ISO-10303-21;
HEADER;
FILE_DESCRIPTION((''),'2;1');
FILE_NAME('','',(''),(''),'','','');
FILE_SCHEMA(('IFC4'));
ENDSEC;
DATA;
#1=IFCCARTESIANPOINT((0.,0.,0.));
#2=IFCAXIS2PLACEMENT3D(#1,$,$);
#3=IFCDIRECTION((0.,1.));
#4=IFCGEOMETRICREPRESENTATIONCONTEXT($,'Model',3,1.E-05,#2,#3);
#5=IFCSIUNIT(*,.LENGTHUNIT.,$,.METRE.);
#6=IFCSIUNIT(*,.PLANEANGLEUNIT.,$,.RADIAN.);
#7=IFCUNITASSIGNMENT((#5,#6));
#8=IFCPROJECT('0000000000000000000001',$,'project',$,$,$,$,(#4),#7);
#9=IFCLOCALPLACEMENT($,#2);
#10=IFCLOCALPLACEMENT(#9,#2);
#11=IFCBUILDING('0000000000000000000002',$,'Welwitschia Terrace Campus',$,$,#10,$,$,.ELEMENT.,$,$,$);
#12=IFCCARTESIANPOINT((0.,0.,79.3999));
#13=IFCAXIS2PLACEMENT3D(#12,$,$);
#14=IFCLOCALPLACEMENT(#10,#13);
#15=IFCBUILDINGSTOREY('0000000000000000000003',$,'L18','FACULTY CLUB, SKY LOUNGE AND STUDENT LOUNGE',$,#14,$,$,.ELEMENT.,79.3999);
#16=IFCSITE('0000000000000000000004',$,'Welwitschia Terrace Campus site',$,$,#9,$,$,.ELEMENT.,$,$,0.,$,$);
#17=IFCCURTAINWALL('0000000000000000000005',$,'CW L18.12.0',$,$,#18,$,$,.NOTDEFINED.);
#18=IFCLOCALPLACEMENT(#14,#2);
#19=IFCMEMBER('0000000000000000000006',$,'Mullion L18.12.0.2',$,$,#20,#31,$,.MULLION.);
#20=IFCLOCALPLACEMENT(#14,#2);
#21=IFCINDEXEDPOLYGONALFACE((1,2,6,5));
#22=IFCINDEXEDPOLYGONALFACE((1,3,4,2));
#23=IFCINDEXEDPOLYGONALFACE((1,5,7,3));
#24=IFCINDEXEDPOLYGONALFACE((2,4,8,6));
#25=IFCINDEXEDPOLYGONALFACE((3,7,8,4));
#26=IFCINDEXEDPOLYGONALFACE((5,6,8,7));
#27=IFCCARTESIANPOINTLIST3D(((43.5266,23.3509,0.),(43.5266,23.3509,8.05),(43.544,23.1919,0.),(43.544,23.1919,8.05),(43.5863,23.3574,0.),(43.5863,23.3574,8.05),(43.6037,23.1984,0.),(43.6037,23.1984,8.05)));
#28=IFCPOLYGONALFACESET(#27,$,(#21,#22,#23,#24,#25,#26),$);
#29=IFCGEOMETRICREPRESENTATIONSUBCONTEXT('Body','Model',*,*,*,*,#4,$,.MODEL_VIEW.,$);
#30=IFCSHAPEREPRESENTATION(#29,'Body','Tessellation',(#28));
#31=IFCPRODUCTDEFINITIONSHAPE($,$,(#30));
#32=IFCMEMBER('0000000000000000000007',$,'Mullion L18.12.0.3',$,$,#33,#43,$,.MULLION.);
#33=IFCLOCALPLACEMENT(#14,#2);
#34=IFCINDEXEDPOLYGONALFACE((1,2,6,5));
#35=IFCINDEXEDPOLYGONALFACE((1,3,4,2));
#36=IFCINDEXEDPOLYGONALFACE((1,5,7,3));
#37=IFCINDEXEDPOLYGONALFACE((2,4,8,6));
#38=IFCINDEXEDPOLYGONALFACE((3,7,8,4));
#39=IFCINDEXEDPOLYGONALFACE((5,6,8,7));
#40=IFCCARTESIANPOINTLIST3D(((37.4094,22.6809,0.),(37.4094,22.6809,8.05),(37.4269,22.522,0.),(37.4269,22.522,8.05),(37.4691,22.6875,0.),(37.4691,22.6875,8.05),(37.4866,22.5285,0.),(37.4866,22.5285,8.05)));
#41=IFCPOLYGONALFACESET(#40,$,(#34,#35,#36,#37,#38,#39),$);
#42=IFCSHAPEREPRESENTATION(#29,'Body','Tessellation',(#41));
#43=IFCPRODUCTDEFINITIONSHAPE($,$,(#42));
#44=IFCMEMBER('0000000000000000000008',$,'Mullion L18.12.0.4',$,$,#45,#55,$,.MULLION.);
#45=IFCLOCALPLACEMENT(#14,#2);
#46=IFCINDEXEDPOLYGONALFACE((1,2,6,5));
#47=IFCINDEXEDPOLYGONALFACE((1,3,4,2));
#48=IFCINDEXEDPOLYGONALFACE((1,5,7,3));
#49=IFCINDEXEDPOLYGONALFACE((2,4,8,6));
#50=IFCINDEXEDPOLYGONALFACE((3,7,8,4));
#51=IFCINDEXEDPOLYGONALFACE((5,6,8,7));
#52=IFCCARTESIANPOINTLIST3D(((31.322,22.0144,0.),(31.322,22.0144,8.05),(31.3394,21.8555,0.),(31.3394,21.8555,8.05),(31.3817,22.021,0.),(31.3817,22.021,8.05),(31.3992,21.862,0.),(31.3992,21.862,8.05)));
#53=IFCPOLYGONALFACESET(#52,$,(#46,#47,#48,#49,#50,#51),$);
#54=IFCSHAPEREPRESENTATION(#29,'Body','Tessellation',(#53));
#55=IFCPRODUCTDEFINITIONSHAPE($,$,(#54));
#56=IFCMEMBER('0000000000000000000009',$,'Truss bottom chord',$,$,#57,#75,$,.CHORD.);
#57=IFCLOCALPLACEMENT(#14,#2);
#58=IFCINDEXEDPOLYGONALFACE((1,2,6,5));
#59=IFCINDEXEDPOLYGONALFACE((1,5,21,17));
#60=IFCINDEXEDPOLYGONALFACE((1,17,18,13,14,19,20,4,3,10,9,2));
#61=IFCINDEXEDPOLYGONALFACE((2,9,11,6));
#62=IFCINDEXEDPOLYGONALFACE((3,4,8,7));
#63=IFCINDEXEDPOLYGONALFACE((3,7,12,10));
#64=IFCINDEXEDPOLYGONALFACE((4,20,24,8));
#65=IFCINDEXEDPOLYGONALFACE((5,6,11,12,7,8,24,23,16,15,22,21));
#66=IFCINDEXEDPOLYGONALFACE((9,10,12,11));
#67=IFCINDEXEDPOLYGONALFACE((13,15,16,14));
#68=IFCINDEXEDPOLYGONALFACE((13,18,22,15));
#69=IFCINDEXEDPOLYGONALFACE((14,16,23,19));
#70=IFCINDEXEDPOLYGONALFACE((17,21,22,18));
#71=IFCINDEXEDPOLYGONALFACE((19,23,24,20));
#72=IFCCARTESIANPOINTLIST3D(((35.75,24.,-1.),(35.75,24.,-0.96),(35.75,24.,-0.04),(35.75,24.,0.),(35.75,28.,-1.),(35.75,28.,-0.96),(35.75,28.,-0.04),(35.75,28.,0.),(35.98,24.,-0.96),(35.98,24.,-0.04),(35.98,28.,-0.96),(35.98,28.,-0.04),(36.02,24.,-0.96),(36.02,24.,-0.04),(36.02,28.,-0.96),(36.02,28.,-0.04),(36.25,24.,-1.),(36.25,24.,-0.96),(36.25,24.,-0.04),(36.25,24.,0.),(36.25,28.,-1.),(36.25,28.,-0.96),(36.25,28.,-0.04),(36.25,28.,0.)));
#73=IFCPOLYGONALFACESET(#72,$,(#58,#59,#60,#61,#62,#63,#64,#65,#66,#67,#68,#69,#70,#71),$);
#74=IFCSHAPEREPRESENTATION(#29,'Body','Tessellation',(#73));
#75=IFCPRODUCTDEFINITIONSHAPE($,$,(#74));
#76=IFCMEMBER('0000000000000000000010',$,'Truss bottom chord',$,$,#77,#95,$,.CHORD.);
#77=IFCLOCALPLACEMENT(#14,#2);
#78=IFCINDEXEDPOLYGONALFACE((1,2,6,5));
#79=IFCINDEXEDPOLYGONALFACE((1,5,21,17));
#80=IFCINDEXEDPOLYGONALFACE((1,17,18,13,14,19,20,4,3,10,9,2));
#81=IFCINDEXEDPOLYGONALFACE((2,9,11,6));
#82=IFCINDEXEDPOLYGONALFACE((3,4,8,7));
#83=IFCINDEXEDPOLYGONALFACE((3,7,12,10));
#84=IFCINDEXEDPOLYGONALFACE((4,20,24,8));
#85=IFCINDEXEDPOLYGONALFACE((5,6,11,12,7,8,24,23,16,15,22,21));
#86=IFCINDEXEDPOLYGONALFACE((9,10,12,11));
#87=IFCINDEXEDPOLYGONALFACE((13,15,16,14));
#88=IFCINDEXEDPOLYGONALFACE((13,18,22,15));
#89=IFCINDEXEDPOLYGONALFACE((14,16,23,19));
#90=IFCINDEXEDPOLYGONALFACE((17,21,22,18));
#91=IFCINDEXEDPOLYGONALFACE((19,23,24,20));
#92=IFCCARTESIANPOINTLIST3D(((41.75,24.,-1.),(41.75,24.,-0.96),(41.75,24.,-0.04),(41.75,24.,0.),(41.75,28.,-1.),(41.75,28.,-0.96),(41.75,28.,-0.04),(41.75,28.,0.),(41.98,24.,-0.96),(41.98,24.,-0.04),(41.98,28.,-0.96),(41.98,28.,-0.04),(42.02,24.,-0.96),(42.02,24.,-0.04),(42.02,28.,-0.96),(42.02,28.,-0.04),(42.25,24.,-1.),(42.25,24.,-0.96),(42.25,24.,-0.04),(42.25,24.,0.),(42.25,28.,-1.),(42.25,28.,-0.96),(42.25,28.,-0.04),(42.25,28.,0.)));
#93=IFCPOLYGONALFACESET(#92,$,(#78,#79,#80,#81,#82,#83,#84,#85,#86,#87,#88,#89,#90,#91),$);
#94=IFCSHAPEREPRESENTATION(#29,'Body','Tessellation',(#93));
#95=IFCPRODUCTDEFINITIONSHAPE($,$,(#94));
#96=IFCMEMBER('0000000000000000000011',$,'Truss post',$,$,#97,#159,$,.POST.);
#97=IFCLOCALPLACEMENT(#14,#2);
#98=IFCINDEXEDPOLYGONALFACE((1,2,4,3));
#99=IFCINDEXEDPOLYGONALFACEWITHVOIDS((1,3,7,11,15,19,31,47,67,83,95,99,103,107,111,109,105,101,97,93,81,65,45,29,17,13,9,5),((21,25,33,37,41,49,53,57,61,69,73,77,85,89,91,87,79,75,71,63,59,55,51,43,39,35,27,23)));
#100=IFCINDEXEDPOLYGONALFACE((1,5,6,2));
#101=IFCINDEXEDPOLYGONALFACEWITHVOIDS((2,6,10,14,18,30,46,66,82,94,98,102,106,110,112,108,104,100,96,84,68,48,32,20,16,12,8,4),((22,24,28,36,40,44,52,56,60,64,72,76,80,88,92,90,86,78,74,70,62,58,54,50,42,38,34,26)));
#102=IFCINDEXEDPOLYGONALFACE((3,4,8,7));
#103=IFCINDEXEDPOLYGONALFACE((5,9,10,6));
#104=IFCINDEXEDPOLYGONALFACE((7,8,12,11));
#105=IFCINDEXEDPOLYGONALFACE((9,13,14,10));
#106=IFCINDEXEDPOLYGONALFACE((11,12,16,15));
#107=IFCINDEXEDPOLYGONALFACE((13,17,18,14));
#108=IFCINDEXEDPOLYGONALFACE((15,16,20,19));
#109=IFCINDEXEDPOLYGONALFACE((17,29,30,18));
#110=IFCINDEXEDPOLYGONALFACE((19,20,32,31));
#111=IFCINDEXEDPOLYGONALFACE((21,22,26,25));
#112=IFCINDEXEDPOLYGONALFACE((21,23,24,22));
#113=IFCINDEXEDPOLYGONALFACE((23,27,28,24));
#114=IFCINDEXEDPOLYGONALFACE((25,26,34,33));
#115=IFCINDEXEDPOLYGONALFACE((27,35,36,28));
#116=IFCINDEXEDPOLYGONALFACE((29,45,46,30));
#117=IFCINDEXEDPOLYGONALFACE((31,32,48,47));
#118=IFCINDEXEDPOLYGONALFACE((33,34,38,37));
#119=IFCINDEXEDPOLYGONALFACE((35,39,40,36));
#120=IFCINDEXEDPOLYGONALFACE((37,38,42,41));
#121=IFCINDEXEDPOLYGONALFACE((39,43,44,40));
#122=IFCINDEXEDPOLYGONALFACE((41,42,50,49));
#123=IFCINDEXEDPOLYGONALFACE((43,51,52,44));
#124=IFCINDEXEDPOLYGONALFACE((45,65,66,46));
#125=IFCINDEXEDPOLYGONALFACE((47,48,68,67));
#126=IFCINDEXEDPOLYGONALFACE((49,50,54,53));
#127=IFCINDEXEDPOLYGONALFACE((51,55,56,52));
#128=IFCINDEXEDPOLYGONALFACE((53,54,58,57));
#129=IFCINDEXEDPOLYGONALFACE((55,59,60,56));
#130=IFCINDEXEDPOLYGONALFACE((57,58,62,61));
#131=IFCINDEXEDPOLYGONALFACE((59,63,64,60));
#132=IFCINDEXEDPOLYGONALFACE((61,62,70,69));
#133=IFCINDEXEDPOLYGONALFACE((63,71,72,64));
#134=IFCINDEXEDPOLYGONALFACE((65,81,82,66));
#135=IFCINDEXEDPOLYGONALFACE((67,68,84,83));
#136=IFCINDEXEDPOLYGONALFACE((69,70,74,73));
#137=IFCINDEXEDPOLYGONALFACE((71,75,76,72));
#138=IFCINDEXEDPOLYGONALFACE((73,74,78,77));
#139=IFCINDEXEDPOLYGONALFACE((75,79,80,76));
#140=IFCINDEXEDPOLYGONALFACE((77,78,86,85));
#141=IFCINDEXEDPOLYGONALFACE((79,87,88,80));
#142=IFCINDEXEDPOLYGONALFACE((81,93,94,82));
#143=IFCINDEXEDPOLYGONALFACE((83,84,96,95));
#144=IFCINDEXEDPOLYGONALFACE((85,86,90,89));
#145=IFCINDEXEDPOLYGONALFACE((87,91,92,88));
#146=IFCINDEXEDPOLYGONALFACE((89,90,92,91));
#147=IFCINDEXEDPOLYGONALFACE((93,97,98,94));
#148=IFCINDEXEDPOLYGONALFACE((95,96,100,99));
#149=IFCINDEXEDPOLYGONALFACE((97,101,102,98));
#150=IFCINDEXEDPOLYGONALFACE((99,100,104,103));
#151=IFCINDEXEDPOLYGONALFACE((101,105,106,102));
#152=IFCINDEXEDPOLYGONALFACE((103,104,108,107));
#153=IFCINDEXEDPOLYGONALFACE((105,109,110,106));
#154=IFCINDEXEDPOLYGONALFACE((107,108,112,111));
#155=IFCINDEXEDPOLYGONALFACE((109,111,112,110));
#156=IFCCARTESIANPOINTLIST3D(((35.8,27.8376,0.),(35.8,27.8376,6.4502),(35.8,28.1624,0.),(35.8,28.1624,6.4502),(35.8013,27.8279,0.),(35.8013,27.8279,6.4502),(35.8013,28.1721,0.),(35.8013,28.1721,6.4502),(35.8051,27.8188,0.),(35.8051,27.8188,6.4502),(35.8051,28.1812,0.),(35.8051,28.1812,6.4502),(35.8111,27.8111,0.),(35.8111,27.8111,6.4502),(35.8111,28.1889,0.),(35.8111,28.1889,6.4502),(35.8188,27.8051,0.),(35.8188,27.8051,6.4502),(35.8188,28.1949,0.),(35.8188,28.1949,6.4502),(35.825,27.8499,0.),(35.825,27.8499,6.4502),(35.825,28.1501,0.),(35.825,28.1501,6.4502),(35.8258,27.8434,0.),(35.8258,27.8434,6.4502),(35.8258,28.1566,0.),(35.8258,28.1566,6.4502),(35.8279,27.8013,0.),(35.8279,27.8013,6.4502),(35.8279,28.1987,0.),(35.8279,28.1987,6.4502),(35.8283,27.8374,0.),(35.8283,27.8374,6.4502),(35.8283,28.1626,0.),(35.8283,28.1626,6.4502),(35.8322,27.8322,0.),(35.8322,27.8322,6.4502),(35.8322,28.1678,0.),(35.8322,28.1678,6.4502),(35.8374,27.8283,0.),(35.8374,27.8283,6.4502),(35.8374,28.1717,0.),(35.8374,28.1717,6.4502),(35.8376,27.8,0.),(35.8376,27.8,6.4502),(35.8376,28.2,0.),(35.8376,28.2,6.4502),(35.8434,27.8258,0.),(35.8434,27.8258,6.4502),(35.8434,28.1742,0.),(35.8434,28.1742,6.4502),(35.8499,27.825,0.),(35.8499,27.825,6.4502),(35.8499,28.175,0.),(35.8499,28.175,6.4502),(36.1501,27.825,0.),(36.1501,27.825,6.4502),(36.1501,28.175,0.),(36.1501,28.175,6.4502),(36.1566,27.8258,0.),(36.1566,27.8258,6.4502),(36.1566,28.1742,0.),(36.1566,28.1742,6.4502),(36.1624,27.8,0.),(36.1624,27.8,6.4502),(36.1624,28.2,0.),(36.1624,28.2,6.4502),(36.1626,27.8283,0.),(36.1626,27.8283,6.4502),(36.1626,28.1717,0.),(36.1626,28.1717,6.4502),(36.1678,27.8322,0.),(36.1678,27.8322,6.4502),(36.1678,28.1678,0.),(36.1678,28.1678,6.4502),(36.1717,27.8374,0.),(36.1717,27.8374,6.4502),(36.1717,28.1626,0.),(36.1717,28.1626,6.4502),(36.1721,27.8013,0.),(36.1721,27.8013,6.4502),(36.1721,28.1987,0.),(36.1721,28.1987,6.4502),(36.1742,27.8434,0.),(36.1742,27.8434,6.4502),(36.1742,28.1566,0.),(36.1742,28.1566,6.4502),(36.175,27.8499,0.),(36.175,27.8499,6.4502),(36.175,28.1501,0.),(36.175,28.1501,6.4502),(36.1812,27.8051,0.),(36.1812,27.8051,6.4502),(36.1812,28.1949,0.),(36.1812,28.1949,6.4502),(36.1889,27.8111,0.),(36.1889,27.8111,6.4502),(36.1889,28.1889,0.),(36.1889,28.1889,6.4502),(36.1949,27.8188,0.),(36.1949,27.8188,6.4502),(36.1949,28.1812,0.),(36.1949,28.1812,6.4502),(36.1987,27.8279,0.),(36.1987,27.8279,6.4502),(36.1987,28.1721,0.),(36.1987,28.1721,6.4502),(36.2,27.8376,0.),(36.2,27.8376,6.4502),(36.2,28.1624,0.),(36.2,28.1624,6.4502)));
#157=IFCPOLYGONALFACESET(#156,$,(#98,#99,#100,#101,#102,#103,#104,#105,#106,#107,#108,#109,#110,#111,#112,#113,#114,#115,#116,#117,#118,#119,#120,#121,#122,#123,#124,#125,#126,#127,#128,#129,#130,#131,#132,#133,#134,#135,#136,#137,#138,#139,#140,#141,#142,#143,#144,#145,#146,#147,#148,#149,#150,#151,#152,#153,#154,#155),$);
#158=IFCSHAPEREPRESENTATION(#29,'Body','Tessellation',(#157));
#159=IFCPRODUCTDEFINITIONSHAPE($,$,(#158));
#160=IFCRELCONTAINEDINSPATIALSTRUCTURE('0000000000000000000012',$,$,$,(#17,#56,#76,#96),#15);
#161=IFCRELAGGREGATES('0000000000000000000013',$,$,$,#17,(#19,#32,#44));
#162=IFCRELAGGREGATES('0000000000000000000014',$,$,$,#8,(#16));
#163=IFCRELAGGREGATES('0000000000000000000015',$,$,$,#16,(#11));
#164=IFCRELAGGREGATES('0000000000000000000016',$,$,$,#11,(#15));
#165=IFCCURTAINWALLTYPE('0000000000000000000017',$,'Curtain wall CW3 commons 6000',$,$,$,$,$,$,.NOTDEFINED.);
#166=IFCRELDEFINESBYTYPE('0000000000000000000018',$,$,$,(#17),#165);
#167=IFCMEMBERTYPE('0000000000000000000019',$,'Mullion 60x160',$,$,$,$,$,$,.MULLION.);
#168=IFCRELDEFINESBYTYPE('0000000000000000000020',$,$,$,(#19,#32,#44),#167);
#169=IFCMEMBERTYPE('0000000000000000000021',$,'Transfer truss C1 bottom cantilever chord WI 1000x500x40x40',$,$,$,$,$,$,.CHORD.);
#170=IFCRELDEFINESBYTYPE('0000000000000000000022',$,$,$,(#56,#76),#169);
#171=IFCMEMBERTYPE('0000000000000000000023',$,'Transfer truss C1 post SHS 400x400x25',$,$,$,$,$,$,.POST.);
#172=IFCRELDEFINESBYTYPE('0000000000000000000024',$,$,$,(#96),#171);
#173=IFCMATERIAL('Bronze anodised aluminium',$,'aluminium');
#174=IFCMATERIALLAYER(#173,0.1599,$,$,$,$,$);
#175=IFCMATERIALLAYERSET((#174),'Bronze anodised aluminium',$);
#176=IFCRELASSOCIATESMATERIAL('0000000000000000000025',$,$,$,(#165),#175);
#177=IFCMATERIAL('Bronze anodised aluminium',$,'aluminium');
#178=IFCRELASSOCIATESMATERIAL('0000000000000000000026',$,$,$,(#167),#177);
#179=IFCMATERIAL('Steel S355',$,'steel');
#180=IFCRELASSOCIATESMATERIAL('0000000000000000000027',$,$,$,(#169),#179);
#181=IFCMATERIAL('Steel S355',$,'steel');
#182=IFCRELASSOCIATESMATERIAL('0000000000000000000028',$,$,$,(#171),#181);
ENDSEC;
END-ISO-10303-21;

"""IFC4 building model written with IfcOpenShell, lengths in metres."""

from ifc_helpers import new_model, si_unit, direction, frame, origin, origin_2d, place, context, subcontext, project, spatial, rectangle, hollow_rectangle, i_section, extrude, material, layer, layer_set, material_profile, profile_set, type_object, element, aggregate, save


model = new_model("IFC4")

# Units and contexts
model_context = context("Model", 3, precision=1e-05, world=origin(), true_north=direction((0.0, 1.0)))
body_context = subcontext(model_context, "Body", "Model", "MODEL_VIEW")
ifc_project = project(units=[si_unit("LENGTHUNIT", "METRE"), si_unit("PLANEANGLEUNIT", "RADIAN")], contexts=[model_context])

# Site, building, storey
site_placement = place(None, origin())
site = spatial("IfcSite", under=ifc_project, at=site_placement, Name="Welwitschia Terrace Campus site", CompositionType="ELEMENT", RefElevation=0.0)
building_placement = place(site_placement, origin())
building = spatial("IfcBuilding", under=site, at=building_placement, Name="Welwitschia Terrace Campus", CompositionType="ELEMENT")
storey_placement = place(building_placement, frame((0.0, 0.0, 79.3999)))
storey = spatial("IfcBuildingStorey", under=building, at=storey_placement, Name="L18", Description="FACULTY CLUB, SKY LOUNGE AND STUDENT LOUNGE", CompositionType="ELEMENT", Elevation=79.3999)

# Curtain wall, members
ifc_material_1 = material(Name="Bronze anodised aluminium", Category="aluminium")
ifc_layer_1 = layer(ifc_material_1, 0.1599)
ifc_layer_set_1 = layer_set([ifc_layer_1], Name="Bronze anodised aluminium")
curtain_wall_type = type_object("IfcCurtainWallType", Name="Curtain wall CW3 commons 6000", PredefinedType="NOTDEFINED", material=ifc_layer_set_1)
curtain_wall_placement = place(storey_placement, origin())
curtain_wall = element("IfcCurtainWall", 1, at=curtain_wall_placement, inside=storey, type_object=curtain_wall_type, Name="CW L18.12.0", PredefinedType="NOTDEFINED")
ifc_material_2 = material(Name="Bronze anodised aluminium", Category="aluminium")
ifc_material_profile_1 = material_profile(ifc_material_2, rectangle(XDim=0.1599, YDim=0.0601, at=origin_2d()))
ifc_profile_set_1 = profile_set([ifc_material_profile_1], Name="Bronze anodised aluminium")
member_type_1 = type_object("IfcMemberType", Name="Mullion 60x160", PredefinedType="MULLION", material=ifc_profile_set_1)
member_1_placement = place(storey_placement, frame((43.5652, 23.2747, 0.0), z_axis=(0.0, 0.0, 1.0), x_axis=(0.108867, -0.994056, 0.0)))
member_1 = element("IfcMember", 2, at=member_1_placement, type_object=member_type_1, Name="Mullion L18.12.0.2", PredefinedType="MULLION", context=body_context, shape_type="SweptSolid", body=[
    extrude(rectangle(XDim=0.1599, YDim=0.0601, at=origin_2d()), origin(), (0.0, 0.0, 1.0), 8.05),
])
member_2_placement = place(storey_placement, frame((37.448, 22.6047, 0.0), z_axis=(0.0, 0.0, 1.0), x_axis=(0.108867, -0.994056, 0.0)))
member_2 = element("IfcMember", 3, at=member_2_placement, type_object=member_type_1, Name="Mullion L18.12.0.3", PredefinedType="MULLION", context=body_context, shape_type="SweptSolid", body=[
    extrude(rectangle(XDim=0.1599, YDim=0.0601, at=origin_2d()), origin(), (0.0, 0.0, 1.0), 8.05),
])
member_3_placement = place(storey_placement, frame((31.3606, 21.9382, 0.0), z_axis=(0.0, 0.0, 1.0), x_axis=(0.108867, -0.994056, 0.0)))
member_3 = element("IfcMember", 4, at=member_3_placement, type_object=member_type_1, Name="Mullion L18.12.0.4", PredefinedType="MULLION", context=body_context, shape_type="SweptSolid", body=[
    extrude(rectangle(XDim=0.1599, YDim=0.0601, at=origin_2d()), origin(), (0.0, 0.0, 1.0), 8.05),
])

# Members
ifc_material_3 = material(Name="Steel S355", Category="steel")
ifc_material_profile_2 = material_profile(ifc_material_3, i_section(OverallWidth=0.5, OverallDepth=1.0, WebThickness=0.04, FlangeThickness=0.04, at=origin_2d()))
ifc_profile_set_2 = profile_set([ifc_material_profile_2], Name="Steel S355")
member_type_2 = type_object("IfcMemberType", Name="Transfer truss C1 bottom cantilever chord WI 1000x500x40x40", PredefinedType="CHORD", material=ifc_profile_set_2)
for number, where, z_axis, x_axis, name in (
    (5, (36.0, 24.0, -0.5), (0.0, 1.0, 0.0), (-1.0, 0.0, 0.0), "Truss bottom chord"),
    (6, (42.0, 24.0, -0.5), (0.0, 1.0, 0.0), (-1.0, 0.0, 0.0), "Truss bottom chord"),
):
    element("IfcMember", number, at=place(storey_placement, frame(where, z_axis=z_axis, x_axis=x_axis)), inside=storey, type_object=member_type_2, Name=name, PredefinedType="CHORD", context=body_context, shape_type="SweptSolid", body=[
        extrude(i_section(OverallWidth=0.5, OverallDepth=1.0, WebThickness=0.04, FlangeThickness=0.04, at=origin_2d()), origin(), (0.0, 0.0, 1.0), 4.0),
    ])
ifc_material_4 = material(Name="Steel S355", Category="steel")
ifc_material_profile_3 = material_profile(ifc_material_4, hollow_rectangle(XDim=0.3999, YDim=0.3999, WallThickness=0.0249, InnerFilletRadius=0.0249, OuterFilletRadius=0.0376, at=origin_2d()))
ifc_profile_set_3 = profile_set([ifc_material_profile_3], Name="Steel S355")
member_type_3 = type_object("IfcMemberType", Name="Transfer truss C1 post SHS 400x400x25", PredefinedType="POST", material=ifc_profile_set_3)
for number, where, z_axis, x_axis, name in (
    (7, (36.0, 28.0, 0.0), (0.0, 0.0, 1.0), (1.0, 0.0, 0.0), "Truss post"),
):
    element("IfcMember", number, at=place(storey_placement, frame(where, z_axis=z_axis, x_axis=x_axis)), inside=storey, type_object=member_type_3, Name=name, PredefinedType="POST", context=body_context, shape_type="SweptSolid", body=[
        extrude(hollow_rectangle(XDim=0.3999, YDim=0.3999, WallThickness=0.0249, InnerFilletRadius=0.0249, OuterFilletRadius=0.0376, at=origin_2d()), origin(), (0.0, 0.0, 1.0), 6.4502),
    ])

aggregate(curtain_wall, [member_1, member_2, member_3])

save(model, "model.ifc")
